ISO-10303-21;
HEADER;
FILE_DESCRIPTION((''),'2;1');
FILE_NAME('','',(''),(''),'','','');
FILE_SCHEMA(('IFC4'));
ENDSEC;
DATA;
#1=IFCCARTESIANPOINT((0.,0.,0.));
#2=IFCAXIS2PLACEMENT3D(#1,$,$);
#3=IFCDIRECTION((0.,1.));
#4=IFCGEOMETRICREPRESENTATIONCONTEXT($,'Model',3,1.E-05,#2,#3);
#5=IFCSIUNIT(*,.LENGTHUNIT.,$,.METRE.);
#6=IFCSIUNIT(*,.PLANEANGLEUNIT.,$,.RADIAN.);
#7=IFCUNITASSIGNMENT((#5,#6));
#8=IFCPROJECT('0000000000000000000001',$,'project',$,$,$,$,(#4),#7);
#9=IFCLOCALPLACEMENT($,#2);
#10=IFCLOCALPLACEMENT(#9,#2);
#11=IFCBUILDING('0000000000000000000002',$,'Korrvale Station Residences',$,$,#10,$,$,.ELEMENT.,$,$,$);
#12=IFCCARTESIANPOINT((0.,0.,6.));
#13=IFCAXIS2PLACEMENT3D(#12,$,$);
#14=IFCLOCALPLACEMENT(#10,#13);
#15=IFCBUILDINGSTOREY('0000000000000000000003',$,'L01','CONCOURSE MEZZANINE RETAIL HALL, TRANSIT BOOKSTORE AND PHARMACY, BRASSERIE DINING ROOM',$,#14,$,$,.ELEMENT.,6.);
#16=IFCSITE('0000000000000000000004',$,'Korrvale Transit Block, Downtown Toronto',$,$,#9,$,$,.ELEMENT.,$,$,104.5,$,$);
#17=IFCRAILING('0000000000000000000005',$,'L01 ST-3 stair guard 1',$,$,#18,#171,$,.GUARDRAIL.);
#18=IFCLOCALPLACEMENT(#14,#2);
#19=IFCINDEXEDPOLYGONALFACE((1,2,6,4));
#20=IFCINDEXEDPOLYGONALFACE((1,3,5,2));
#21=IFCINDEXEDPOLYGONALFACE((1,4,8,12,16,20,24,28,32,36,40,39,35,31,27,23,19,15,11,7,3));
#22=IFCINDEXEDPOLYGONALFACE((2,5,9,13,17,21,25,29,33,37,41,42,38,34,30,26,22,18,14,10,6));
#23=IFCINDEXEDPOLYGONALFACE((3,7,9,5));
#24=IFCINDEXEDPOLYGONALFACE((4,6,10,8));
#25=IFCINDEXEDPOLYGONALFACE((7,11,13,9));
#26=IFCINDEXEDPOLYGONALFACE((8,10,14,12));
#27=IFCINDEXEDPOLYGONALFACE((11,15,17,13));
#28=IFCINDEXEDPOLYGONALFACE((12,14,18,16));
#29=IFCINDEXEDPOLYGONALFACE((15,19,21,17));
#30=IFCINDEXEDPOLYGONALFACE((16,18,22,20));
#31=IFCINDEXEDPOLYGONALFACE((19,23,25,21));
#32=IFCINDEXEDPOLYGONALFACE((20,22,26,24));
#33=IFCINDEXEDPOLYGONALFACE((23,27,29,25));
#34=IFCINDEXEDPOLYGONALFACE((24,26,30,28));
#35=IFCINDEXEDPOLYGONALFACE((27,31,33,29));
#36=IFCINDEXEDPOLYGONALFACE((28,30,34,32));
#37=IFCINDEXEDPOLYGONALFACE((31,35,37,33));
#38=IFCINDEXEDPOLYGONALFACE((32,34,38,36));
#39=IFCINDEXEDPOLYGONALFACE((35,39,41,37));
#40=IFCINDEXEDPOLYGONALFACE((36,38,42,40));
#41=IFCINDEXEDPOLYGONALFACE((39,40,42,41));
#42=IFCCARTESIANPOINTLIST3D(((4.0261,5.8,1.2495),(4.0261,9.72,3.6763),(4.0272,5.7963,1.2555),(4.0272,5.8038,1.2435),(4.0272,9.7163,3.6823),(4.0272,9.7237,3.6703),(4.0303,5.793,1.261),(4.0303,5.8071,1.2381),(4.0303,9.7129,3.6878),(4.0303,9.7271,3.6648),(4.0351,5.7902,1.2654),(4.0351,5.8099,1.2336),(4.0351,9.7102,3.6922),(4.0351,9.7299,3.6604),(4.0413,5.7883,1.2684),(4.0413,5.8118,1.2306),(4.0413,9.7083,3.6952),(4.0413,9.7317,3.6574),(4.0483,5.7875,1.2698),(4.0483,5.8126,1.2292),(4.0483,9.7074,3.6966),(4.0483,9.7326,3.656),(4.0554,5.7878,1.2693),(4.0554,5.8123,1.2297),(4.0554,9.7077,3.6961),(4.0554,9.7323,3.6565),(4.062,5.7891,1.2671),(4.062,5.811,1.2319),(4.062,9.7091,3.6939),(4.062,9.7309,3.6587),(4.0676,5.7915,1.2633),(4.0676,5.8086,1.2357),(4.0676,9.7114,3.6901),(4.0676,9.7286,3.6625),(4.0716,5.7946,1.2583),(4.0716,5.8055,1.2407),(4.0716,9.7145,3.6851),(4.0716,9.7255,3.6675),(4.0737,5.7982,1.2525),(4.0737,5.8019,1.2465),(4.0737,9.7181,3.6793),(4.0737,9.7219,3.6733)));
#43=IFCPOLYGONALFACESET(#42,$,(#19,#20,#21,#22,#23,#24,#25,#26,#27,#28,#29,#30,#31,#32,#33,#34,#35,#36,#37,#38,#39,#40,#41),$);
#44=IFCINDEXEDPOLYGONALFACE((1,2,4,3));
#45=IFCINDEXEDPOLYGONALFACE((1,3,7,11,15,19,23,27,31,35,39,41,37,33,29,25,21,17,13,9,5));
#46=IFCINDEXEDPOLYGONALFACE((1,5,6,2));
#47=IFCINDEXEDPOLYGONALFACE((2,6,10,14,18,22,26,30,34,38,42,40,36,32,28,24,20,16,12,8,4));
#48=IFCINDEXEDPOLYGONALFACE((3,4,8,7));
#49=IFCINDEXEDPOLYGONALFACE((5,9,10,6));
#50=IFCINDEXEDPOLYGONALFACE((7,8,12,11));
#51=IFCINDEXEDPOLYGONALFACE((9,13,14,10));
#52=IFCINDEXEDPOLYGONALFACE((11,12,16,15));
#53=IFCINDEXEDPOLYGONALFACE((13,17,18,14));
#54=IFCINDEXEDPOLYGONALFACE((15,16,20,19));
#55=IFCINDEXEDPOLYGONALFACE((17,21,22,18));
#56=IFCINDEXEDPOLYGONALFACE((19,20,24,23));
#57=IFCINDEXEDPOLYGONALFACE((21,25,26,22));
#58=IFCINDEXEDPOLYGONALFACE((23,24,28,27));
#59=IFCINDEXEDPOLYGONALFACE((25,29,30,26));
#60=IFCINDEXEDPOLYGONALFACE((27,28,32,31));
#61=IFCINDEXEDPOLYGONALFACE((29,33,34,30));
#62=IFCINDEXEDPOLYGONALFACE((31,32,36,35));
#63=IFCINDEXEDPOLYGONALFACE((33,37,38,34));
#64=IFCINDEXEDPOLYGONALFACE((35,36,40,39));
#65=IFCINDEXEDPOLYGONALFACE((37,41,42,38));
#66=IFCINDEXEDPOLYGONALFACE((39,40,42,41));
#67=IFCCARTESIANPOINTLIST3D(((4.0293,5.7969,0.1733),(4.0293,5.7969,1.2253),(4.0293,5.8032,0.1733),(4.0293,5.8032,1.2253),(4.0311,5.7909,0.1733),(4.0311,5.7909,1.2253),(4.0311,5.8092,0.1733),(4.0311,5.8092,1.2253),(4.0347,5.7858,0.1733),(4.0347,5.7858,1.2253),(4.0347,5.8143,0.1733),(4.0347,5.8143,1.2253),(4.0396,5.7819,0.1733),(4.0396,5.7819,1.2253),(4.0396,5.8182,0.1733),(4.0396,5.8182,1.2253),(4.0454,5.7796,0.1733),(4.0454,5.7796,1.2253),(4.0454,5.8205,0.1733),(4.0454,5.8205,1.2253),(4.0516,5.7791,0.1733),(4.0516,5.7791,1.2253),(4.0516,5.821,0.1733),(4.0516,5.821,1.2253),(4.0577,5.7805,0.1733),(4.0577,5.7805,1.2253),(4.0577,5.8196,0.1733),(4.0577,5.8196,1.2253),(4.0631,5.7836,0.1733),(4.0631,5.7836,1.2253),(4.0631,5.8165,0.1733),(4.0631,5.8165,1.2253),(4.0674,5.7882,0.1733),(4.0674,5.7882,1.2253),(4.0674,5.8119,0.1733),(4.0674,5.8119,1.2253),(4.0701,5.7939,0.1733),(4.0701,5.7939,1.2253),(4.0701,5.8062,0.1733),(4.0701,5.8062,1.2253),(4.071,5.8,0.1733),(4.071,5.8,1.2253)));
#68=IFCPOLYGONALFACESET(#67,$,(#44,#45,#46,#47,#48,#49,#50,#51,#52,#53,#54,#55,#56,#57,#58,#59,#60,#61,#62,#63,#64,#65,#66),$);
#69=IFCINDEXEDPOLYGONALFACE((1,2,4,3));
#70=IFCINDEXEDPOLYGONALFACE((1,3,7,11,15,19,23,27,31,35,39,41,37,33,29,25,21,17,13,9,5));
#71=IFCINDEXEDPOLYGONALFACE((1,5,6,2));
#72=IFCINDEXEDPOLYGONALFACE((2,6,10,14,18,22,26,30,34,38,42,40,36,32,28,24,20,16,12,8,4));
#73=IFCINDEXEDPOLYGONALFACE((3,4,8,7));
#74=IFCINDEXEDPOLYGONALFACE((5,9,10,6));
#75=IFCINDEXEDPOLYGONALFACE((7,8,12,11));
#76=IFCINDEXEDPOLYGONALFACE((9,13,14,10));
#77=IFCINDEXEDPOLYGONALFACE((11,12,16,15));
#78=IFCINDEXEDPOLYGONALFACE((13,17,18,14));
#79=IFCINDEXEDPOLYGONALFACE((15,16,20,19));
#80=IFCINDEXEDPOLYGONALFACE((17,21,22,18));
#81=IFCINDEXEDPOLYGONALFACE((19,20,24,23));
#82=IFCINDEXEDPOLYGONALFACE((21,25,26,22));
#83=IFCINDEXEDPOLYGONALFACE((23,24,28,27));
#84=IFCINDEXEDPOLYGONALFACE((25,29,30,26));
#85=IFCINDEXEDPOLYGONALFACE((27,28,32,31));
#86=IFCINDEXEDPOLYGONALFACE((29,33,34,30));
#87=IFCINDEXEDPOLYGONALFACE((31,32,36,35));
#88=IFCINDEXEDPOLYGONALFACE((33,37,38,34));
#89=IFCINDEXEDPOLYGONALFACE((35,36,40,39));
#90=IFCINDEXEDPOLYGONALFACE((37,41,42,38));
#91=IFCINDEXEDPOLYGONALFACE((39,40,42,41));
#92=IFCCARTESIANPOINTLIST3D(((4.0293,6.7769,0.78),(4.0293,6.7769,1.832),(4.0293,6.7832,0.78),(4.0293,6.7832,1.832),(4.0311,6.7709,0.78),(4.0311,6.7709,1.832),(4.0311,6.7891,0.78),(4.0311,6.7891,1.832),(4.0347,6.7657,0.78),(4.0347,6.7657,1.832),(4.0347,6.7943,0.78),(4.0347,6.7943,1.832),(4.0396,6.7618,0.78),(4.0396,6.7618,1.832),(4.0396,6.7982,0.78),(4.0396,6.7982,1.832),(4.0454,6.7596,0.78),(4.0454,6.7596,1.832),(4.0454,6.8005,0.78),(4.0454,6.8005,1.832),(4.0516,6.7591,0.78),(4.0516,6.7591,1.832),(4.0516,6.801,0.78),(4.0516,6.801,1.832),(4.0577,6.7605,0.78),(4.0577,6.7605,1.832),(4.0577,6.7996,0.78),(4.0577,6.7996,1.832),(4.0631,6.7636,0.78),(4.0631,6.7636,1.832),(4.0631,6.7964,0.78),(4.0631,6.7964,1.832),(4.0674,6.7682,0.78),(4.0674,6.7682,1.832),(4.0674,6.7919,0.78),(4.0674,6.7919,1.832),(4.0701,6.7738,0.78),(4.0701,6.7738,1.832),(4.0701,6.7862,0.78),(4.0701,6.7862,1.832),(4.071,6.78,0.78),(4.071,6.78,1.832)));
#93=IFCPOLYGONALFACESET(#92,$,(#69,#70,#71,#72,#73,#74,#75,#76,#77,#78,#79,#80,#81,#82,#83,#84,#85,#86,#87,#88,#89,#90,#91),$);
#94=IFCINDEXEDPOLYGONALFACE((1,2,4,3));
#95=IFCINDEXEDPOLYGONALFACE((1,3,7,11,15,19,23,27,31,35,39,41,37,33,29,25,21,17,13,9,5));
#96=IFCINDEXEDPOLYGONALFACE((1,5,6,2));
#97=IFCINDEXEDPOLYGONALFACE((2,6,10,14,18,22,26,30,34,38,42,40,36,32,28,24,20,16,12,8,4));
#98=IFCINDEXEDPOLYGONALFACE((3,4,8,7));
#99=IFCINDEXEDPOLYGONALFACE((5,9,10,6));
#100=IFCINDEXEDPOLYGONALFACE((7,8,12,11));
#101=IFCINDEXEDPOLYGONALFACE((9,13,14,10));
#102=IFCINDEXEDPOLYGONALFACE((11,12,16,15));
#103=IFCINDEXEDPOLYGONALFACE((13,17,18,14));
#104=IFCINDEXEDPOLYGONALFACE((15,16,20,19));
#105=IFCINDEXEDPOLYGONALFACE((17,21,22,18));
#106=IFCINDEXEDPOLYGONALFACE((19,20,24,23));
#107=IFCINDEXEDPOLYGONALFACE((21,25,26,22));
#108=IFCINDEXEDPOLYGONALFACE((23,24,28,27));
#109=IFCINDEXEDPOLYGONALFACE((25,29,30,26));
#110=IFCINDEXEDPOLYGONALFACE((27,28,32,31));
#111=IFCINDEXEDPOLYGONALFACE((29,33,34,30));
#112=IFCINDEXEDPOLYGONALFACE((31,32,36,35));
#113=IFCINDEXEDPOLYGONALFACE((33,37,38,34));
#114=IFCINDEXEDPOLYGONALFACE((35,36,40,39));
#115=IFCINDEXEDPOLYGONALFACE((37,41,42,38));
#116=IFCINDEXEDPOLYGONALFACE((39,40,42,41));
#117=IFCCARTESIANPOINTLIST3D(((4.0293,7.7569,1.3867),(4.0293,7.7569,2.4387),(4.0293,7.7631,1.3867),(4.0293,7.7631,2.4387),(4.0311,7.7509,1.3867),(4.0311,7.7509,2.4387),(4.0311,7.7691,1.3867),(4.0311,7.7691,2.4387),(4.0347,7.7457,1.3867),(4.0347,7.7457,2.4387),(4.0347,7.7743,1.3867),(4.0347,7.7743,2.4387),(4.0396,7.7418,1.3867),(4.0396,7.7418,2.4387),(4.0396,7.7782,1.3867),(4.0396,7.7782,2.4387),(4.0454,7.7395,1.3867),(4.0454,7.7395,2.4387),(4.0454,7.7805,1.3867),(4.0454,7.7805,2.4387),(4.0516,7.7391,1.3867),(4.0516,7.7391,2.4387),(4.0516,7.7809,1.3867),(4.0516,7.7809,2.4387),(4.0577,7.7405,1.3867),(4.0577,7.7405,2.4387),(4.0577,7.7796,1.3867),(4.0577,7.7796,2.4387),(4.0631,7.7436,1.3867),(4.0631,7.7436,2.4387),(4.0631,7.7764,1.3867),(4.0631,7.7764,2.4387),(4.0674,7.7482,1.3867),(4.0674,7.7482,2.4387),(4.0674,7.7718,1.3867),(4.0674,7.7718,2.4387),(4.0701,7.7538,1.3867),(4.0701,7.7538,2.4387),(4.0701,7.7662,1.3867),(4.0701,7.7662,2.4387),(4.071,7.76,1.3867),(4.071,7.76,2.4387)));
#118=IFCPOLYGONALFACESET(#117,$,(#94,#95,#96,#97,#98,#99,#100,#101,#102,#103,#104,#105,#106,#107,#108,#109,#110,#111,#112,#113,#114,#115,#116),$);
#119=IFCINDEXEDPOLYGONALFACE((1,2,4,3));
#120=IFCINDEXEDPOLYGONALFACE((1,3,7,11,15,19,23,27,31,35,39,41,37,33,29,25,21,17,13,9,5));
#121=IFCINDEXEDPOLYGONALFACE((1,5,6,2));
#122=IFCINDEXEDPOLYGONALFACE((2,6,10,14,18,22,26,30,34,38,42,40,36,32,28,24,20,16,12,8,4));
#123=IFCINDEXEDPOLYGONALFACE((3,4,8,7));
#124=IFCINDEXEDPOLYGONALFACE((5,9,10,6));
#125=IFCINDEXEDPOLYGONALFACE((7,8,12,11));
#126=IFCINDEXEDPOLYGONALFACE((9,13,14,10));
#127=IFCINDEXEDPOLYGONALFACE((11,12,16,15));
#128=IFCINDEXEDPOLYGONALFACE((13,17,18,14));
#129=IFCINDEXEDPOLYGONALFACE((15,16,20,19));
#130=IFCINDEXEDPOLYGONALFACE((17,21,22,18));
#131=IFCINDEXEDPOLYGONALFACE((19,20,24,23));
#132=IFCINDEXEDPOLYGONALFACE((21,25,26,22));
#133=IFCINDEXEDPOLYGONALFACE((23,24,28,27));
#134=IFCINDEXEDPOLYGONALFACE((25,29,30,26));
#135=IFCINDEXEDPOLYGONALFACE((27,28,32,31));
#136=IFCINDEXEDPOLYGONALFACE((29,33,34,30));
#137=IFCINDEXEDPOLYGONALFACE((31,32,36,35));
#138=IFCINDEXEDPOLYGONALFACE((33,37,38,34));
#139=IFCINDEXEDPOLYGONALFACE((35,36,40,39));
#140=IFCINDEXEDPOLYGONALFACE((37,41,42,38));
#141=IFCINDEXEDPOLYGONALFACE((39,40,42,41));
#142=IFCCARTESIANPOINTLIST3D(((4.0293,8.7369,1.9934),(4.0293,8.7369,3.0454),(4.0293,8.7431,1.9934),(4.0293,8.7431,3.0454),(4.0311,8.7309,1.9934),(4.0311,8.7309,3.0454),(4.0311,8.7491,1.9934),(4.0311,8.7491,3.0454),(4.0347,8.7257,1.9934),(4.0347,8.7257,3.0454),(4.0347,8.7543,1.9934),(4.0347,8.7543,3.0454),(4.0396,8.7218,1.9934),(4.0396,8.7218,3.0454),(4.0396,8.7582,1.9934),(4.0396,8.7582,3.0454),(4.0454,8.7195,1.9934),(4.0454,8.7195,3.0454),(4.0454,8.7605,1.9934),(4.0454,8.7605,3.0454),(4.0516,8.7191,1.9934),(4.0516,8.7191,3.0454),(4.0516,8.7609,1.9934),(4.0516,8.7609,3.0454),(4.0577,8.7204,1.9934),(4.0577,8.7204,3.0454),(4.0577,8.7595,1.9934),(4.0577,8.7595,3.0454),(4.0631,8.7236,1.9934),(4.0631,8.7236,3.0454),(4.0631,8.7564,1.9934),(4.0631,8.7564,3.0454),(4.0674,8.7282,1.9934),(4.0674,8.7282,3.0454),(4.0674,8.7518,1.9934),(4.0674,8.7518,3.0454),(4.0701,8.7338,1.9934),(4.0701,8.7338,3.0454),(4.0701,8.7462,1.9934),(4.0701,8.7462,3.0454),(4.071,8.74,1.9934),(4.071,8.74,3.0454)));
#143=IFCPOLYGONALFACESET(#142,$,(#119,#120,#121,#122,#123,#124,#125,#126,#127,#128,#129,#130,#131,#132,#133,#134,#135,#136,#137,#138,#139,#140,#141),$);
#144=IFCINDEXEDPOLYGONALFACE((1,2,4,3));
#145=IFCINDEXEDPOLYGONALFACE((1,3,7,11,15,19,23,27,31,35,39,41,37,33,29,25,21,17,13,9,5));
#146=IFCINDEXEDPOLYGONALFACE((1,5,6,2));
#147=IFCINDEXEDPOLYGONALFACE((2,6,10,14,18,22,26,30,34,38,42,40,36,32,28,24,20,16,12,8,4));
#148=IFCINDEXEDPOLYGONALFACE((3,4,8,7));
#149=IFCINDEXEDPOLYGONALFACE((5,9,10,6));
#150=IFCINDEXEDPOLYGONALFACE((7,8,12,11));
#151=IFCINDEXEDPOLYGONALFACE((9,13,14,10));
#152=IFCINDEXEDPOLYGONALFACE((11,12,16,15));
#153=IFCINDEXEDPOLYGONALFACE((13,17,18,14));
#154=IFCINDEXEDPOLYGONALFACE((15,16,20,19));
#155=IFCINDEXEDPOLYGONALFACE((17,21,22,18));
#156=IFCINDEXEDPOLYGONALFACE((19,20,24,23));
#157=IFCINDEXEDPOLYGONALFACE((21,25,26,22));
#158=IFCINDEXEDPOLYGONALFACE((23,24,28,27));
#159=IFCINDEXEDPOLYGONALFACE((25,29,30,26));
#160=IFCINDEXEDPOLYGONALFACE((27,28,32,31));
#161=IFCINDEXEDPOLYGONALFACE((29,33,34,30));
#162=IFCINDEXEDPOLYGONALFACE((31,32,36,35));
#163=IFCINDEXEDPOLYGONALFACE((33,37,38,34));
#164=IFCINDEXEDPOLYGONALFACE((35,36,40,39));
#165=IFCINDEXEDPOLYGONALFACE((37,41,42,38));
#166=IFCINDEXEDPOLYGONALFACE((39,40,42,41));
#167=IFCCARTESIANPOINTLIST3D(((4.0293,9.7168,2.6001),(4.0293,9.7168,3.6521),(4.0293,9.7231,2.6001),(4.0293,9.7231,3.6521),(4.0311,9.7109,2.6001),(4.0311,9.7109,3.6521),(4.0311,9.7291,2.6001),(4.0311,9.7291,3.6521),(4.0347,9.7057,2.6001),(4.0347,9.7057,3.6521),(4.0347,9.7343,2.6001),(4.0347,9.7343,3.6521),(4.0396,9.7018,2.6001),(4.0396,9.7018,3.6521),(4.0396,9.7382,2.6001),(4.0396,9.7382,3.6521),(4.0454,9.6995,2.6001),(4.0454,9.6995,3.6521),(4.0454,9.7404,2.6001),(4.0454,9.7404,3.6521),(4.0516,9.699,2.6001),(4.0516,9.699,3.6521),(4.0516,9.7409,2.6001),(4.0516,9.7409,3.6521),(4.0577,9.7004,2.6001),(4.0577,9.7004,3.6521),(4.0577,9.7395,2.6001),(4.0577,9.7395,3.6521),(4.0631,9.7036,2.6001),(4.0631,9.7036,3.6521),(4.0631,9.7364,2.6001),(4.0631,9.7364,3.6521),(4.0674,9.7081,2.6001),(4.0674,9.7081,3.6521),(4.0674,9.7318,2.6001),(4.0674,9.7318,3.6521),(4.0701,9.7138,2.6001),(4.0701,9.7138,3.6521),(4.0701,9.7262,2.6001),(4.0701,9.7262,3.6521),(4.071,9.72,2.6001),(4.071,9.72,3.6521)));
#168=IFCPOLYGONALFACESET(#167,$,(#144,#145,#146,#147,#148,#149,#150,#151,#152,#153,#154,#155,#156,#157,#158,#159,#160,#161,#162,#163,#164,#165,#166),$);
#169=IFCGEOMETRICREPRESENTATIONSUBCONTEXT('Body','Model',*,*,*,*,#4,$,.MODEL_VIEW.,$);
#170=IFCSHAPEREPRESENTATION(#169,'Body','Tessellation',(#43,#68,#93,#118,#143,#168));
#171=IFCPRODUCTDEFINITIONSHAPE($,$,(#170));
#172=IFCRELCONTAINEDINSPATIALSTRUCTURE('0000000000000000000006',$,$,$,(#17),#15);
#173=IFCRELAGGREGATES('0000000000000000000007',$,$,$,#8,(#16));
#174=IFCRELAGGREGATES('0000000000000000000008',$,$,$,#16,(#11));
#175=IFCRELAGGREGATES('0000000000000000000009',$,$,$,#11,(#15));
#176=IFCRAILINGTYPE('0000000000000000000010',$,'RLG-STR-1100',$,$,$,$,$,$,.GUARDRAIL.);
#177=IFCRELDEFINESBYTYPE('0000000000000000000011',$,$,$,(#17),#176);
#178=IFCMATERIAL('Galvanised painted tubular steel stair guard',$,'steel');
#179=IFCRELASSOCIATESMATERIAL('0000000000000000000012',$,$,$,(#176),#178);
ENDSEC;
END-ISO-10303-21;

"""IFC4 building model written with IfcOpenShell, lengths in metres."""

from ifc_helpers import new_model, si_unit, direction, frame, origin, origin_2d, place, context, subcontext, project, spatial, circle, extrude, material, type_object, element, save


model = new_model("IFC4")

# Units and contexts
model_context = context("Model", 3, precision=1e-05, world=origin(), true_north=direction((0.0, 1.0)))
body_context = subcontext(model_context, "Body", "Model", "MODEL_VIEW")
ifc_project = project(units=[si_unit("LENGTHUNIT", "METRE"), si_unit("PLANEANGLEUNIT", "RADIAN")], contexts=[model_context])

# Site, building, storey
site_placement = place(None, origin())
site = spatial("IfcSite", under=ifc_project, at=site_placement, Name="Korrvale Transit Block, Downtown Toronto", CompositionType="ELEMENT", RefElevation=104.5)
building_placement = place(site_placement, origin())
building = spatial("IfcBuilding", under=site, at=building_placement, Name="Korrvale Station Residences", CompositionType="ELEMENT")
storey_placement = place(building_placement, frame((0.0, 0.0, 6.0)))
storey = spatial("IfcBuildingStorey", under=building, at=storey_placement, Name="L01", Description="CONCOURSE MEZZANINE RETAIL HALL, TRANSIT BOOKSTORE AND PHARMACY, BRASSERIE DINING ROOM", CompositionType="ELEMENT", Elevation=6.0)

# Railing
ifc_material_1 = material(Name="Galvanised painted tubular steel stair guard", Category="steel")
railing_type_1 = type_object("IfcRailingType", Name="RLG-STR-1100", PredefinedType="GUARDRAIL", material=ifc_material_1)
railing_1_placement = place(storey_placement, frame((4.05, 5.8, 0.1733)))
element("IfcRailing", 1, at=railing_1_placement, inside=storey, type_object=railing_type_1, Name="L01 ST-3 stair guard 1", PredefinedType="GUARDRAIL", context=body_context, shape_type="SweptSolid", body=[
    extrude(circle(Radius=0.0239, at=origin_2d()), frame((0.0, 0.0, 1.0762), z_axis=(0.0, 0.850252, 0.526376), x_axis=(-1.0, 0.0, 0.0)), (0.0, 0.0, 1.0), 4.6104),
    extrude(circle(Radius=0.021, at=origin_2d()), origin(), (0.0, 0.0, 1.0), 1.052),
    extrude(circle(Radius=0.021, at=origin_2d()), frame((0.0, 0.98, 0.6067)), (0.0, 0.0, 1.0), 1.052),
    extrude(circle(Radius=0.021, at=origin_2d()), frame((0.0, 1.96, 1.2134)), (0.0, 0.0, 1.0), 1.052),
    extrude(circle(Radius=0.021, at=origin_2d()), frame((0.0, 2.9399, 1.8201)), (0.0, 0.0, 1.0), 1.052),
    extrude(circle(Radius=0.021, at=origin_2d()), frame((0.0, 3.9199, 2.4268)), (0.0, 0.0, 1.0), 1.052),
])

save(model, "model.ifc")
